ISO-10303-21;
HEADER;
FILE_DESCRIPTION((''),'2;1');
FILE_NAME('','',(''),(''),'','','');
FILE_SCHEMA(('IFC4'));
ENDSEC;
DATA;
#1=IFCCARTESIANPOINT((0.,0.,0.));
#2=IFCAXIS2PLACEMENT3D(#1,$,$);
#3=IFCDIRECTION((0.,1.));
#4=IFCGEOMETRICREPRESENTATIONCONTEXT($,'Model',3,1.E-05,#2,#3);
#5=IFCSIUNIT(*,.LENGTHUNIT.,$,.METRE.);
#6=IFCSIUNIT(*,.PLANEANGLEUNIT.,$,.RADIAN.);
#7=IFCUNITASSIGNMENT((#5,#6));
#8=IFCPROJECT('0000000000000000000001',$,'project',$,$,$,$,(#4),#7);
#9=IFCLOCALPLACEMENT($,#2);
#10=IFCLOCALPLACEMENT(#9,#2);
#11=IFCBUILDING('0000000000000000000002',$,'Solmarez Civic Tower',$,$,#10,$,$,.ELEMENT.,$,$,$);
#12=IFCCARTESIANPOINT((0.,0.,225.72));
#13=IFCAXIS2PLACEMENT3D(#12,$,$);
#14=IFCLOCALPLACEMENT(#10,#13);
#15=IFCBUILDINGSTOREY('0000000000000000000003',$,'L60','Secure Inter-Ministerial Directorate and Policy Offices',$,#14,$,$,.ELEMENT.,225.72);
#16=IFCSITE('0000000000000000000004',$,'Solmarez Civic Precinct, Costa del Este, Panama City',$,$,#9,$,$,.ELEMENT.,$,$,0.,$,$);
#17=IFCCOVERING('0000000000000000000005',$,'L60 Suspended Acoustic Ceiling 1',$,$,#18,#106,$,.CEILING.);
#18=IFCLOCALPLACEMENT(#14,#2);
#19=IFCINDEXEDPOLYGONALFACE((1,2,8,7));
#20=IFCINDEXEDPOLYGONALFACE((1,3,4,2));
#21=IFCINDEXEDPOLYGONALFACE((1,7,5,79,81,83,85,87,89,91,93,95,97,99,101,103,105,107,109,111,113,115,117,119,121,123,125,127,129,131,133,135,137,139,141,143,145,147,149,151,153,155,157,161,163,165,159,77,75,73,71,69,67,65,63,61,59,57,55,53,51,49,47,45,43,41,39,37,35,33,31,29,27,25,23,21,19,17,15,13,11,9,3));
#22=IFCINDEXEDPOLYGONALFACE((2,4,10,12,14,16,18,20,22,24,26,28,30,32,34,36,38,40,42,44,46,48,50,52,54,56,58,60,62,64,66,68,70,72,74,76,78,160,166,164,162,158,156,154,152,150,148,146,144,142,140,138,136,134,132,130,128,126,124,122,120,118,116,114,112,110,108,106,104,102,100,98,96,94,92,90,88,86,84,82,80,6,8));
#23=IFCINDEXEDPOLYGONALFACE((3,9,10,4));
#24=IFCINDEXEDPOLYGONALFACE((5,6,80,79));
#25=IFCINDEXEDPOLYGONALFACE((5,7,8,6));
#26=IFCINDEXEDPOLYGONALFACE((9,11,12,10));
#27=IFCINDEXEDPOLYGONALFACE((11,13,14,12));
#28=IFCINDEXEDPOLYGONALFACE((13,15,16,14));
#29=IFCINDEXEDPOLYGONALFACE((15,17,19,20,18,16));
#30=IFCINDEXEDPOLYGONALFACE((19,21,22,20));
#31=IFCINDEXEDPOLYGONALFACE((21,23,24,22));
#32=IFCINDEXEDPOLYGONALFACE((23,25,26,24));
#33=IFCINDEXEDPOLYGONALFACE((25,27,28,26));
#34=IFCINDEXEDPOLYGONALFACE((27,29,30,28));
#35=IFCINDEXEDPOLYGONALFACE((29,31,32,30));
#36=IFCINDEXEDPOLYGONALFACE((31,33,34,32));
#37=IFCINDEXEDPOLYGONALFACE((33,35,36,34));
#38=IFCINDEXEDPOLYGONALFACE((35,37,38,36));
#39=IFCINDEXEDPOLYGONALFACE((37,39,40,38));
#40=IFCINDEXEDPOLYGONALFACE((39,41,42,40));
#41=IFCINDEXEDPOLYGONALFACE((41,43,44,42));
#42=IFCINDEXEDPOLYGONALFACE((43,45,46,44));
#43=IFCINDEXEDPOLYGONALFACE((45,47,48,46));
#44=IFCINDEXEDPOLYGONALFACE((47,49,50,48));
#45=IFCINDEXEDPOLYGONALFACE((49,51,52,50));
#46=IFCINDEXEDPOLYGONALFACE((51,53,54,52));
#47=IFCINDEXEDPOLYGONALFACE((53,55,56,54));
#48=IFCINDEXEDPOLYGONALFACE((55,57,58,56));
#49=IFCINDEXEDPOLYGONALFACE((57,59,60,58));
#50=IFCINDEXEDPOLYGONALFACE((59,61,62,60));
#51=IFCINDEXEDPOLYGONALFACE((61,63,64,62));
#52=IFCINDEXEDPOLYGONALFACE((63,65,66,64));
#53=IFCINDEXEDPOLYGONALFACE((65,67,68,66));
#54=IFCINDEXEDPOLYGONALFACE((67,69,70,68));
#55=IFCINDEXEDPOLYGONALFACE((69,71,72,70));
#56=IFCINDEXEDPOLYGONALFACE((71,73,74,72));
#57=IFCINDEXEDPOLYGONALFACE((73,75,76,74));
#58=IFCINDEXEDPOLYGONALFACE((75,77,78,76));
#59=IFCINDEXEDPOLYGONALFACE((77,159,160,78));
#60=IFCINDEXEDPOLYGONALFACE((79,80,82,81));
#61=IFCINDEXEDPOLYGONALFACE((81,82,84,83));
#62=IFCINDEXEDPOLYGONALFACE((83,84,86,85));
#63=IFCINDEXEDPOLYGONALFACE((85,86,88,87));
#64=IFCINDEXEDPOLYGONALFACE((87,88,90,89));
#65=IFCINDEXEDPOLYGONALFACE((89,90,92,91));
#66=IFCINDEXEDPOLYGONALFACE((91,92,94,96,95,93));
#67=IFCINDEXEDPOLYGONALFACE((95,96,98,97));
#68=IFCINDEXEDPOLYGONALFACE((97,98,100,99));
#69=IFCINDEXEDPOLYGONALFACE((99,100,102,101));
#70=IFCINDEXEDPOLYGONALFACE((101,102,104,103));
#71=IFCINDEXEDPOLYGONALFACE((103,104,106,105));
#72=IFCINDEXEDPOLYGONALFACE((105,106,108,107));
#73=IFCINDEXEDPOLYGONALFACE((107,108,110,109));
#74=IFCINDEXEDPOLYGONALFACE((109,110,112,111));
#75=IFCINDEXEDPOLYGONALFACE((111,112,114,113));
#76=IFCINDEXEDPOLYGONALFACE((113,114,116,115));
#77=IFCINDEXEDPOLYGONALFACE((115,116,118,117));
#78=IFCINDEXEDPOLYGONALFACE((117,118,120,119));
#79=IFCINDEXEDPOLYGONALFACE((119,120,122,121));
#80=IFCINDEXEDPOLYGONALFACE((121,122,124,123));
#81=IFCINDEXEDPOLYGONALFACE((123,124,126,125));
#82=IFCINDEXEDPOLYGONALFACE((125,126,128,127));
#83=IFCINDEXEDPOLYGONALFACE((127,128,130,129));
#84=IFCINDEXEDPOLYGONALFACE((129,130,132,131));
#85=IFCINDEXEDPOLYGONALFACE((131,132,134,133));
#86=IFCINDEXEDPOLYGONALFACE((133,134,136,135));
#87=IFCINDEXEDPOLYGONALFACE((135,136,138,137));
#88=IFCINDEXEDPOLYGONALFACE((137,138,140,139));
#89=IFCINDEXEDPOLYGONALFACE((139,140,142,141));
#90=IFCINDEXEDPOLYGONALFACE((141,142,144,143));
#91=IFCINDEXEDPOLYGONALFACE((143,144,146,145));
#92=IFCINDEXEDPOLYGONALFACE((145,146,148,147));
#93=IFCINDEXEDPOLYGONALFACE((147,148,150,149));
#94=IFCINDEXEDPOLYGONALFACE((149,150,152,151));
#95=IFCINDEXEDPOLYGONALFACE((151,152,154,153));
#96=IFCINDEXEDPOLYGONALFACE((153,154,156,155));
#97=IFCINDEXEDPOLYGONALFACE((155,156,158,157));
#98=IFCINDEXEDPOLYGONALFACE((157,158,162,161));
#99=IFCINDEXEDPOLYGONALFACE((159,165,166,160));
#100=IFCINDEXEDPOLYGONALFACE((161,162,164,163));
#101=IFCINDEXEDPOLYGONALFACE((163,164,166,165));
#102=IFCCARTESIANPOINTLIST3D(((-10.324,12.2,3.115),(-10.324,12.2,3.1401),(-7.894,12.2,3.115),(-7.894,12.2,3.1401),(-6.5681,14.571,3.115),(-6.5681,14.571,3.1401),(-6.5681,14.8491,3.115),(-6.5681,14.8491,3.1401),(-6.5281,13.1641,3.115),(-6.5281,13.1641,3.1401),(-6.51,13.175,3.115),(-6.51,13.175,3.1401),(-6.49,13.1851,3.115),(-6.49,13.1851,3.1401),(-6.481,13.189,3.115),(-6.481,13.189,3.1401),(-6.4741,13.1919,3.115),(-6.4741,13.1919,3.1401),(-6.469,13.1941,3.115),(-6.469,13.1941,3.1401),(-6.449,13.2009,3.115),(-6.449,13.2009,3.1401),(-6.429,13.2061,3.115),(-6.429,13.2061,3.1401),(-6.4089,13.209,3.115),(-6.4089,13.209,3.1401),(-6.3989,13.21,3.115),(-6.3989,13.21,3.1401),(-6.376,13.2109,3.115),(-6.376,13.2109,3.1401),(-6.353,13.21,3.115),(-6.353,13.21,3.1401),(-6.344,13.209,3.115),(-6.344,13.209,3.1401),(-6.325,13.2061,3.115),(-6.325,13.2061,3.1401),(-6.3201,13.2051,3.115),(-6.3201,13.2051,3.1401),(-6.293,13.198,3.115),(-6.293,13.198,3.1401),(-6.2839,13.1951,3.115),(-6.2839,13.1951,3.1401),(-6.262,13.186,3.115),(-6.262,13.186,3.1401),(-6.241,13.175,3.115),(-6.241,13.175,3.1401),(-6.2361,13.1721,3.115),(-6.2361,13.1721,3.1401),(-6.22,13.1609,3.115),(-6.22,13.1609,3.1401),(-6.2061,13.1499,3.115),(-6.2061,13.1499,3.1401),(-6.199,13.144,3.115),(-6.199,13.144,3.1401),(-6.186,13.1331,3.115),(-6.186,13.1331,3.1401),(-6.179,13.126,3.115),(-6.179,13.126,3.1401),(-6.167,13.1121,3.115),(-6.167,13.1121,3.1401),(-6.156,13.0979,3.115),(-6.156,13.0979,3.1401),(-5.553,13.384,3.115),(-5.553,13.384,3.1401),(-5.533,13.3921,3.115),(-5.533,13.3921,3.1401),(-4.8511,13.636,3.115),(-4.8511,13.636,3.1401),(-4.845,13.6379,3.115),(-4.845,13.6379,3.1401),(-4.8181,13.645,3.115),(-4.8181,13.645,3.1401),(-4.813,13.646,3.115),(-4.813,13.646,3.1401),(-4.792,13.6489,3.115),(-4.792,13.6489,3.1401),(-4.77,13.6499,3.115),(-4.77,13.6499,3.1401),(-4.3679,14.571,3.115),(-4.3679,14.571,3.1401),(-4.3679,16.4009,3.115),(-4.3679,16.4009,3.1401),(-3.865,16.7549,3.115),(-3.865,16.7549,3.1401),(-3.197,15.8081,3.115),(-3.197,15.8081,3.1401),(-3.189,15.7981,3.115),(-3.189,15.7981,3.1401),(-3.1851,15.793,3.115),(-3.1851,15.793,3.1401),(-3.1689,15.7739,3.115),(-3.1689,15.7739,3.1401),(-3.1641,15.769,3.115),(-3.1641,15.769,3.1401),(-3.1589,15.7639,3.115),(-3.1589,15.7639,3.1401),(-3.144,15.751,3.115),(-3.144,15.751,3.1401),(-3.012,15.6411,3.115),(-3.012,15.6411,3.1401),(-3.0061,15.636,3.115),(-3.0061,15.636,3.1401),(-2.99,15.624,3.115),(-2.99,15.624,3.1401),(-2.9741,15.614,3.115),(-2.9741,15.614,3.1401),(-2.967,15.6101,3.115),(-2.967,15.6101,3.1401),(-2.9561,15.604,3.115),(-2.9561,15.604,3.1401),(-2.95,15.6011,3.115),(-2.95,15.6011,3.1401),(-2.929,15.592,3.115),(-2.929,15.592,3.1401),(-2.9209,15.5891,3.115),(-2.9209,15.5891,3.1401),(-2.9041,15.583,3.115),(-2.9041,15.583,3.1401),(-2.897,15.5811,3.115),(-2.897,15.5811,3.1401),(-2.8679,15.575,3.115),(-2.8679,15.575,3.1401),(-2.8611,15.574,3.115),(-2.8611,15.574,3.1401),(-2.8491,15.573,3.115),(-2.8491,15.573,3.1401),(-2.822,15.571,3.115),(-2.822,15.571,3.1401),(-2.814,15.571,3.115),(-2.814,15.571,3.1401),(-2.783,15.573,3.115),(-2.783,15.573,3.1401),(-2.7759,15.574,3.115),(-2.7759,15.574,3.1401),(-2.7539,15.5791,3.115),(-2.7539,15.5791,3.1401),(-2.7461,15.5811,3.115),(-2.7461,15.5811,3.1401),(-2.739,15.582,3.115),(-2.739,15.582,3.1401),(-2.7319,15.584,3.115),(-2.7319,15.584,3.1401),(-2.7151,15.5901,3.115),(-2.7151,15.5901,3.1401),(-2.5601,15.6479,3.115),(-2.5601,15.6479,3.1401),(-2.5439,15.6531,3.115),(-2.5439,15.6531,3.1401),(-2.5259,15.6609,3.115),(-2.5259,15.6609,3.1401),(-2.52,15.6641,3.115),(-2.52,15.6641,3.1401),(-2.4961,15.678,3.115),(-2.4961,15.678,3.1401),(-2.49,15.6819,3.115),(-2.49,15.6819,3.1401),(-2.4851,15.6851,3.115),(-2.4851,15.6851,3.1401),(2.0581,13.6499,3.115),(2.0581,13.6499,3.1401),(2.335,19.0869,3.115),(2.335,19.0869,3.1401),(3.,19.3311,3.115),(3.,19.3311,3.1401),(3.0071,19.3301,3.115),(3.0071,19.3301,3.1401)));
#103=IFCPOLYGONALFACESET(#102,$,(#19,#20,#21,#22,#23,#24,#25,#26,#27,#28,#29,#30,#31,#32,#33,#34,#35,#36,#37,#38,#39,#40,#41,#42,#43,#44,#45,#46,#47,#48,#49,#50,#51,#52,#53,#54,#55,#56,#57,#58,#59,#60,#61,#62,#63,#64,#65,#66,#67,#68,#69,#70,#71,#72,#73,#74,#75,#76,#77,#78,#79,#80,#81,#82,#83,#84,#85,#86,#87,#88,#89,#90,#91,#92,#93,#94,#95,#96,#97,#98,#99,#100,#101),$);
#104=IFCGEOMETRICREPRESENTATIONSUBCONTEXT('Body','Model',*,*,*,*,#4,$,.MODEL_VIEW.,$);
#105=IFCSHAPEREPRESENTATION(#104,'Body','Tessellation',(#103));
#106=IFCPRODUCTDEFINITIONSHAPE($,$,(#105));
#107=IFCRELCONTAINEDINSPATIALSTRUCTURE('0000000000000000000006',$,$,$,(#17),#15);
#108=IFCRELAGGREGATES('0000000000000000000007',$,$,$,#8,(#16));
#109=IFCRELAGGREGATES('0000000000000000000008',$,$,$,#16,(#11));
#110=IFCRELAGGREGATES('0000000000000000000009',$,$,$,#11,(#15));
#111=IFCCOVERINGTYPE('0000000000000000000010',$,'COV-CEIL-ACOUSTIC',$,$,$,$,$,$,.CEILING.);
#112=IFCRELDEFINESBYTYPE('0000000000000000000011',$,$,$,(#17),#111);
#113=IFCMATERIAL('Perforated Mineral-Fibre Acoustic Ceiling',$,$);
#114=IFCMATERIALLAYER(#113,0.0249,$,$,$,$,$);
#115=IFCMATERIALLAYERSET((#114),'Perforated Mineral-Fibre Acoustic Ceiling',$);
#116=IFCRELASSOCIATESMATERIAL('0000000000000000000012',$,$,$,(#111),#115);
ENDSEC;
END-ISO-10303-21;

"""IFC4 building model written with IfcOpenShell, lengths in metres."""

from ifc_helpers import new_model, si_unit, direction, frame, origin, place, context, subcontext, project, spatial, polyline, outline, extrude, material, layer, layer_set, type_object, element, save


model = new_model("IFC4")

# Units and contexts
model_context = context("Model", 3, precision=1e-05, world=origin(), true_north=direction((0.0, 1.0)))
body_context = subcontext(model_context, "Body", "Model", "MODEL_VIEW")
ifc_project = project(units=[si_unit("LENGTHUNIT", "METRE"), si_unit("PLANEANGLEUNIT", "RADIAN")], contexts=[model_context])

# Site, building, storey
site_placement = place(None, origin())
site = spatial("IfcSite", under=ifc_project, at=site_placement, Name="Solmarez Civic Precinct, Costa del Este, Panama City", CompositionType="ELEMENT", RefElevation=0.0)
building_placement = place(site_placement, origin())
building = spatial("IfcBuilding", under=site, at=building_placement, Name="Solmarez Civic Tower", CompositionType="ELEMENT")
storey_placement = place(building_placement, frame((0.0, 0.0, 225.72)))
storey = spatial("IfcBuildingStorey", under=building, at=storey_placement, Name="L60", Description="Secure Inter-Ministerial Directorate and Policy Offices", CompositionType="ELEMENT", Elevation=225.72)

# Covering
ifc_material_1 = material(Name="Perforated Mineral-Fibre Acoustic Ceiling")
ifc_layer_1 = layer(ifc_material_1, 0.0249)
ifc_layer_set_1 = layer_set([ifc_layer_1], Name="Perforated Mineral-Fibre Acoustic Ceiling")
covering_type_1 = type_object("IfcCoveringType", Name="COV-CEIL-ACOUSTIC", PredefinedType="CEILING", material=ifc_layer_set_1)
covering_1_placement = place(storey_placement, frame((0.0, 0.0, 3.115)))
element("IfcCovering", 1, at=covering_1_placement, inside=storey, type_object=covering_type_1, Name="L60 Suspended Acoustic Ceiling 1", PredefinedType="CEILING", context=body_context, shape_type="SweptSolid", body=[
    extrude(outline(polyline([(-10.324, 12.2), (-7.894, 12.2), (-6.5281, 13.1641), (-6.51, 13.175), (-6.49, 13.1851), (-6.481, 13.189), (-6.4741, 13.1919), (-6.469, 13.1941), (-6.449, 13.2009), (-6.429, 13.2061), (-6.4089, 13.209), (-6.3989, 13.21), (-6.376, 13.2109), (-6.353, 13.21), (-6.344, 13.209), (-6.325, 13.2061), (-6.3201, 13.2051), (-6.293, 13.198), (-6.2839, 13.1951), (-6.262, 13.186), (-6.241, 13.175), (-6.2361, 13.1721), (-6.22, 13.1609), (-6.2061, 13.1499), (-6.199, 13.144), (-6.186, 13.1331), (-6.179, 13.126), (-6.167, 13.1121), (-6.156, 13.0979), (-5.553, 13.384), (-5.533, 13.3921), (-4.8511, 13.636), (-4.845, 13.6379), (-4.8181, 13.645), (-4.813, 13.646), (-4.792, 13.6489), (-4.77, 13.6499), (2.0581, 13.6499), (3.0071, 19.3301), (3.0, 19.3311), (2.335, 19.0869), (-2.4851, 15.6851), (-2.49, 15.6819), (-2.4961, 15.678), (-2.52, 15.6641), (-2.5259, 15.6609), (-2.5439, 15.6531), (-2.5601, 15.6479), (-2.7151, 15.5901), (-2.7319, 15.584), (-2.739, 15.582), (-2.7461, 15.5811), (-2.7539, 15.5791), (-2.7759, 15.574), (-2.783, 15.573), (-2.814, 15.571), (-2.822, 15.571), (-2.8491, 15.573), (-2.8611, 15.574), (-2.8679, 15.575), (-2.897, 15.5811), (-2.9041, 15.583), (-2.9209, 15.5891), (-2.929, 15.592), (-2.95, 15.6011), (-2.9561, 15.604), (-2.967, 15.6101), (-2.9741, 15.614), (-2.99, 15.624), (-3.0061, 15.636), (-3.012, 15.6411), (-3.144, 15.751), (-3.1589, 15.7639), (-3.1641, 15.769), (-3.1689, 15.7739), (-3.1851, 15.793), (-3.189, 15.7981), (-3.197, 15.8081), (-3.865, 16.7549), (-4.3679, 16.4009), (-4.3679, 14.571), (-6.5681, 14.571), (-6.5681, 14.8491), (-10.324, 12.2)])), origin(), (0.0, 0.0, 1.0), 0.0251),
])

save(model, "model.ifc")
